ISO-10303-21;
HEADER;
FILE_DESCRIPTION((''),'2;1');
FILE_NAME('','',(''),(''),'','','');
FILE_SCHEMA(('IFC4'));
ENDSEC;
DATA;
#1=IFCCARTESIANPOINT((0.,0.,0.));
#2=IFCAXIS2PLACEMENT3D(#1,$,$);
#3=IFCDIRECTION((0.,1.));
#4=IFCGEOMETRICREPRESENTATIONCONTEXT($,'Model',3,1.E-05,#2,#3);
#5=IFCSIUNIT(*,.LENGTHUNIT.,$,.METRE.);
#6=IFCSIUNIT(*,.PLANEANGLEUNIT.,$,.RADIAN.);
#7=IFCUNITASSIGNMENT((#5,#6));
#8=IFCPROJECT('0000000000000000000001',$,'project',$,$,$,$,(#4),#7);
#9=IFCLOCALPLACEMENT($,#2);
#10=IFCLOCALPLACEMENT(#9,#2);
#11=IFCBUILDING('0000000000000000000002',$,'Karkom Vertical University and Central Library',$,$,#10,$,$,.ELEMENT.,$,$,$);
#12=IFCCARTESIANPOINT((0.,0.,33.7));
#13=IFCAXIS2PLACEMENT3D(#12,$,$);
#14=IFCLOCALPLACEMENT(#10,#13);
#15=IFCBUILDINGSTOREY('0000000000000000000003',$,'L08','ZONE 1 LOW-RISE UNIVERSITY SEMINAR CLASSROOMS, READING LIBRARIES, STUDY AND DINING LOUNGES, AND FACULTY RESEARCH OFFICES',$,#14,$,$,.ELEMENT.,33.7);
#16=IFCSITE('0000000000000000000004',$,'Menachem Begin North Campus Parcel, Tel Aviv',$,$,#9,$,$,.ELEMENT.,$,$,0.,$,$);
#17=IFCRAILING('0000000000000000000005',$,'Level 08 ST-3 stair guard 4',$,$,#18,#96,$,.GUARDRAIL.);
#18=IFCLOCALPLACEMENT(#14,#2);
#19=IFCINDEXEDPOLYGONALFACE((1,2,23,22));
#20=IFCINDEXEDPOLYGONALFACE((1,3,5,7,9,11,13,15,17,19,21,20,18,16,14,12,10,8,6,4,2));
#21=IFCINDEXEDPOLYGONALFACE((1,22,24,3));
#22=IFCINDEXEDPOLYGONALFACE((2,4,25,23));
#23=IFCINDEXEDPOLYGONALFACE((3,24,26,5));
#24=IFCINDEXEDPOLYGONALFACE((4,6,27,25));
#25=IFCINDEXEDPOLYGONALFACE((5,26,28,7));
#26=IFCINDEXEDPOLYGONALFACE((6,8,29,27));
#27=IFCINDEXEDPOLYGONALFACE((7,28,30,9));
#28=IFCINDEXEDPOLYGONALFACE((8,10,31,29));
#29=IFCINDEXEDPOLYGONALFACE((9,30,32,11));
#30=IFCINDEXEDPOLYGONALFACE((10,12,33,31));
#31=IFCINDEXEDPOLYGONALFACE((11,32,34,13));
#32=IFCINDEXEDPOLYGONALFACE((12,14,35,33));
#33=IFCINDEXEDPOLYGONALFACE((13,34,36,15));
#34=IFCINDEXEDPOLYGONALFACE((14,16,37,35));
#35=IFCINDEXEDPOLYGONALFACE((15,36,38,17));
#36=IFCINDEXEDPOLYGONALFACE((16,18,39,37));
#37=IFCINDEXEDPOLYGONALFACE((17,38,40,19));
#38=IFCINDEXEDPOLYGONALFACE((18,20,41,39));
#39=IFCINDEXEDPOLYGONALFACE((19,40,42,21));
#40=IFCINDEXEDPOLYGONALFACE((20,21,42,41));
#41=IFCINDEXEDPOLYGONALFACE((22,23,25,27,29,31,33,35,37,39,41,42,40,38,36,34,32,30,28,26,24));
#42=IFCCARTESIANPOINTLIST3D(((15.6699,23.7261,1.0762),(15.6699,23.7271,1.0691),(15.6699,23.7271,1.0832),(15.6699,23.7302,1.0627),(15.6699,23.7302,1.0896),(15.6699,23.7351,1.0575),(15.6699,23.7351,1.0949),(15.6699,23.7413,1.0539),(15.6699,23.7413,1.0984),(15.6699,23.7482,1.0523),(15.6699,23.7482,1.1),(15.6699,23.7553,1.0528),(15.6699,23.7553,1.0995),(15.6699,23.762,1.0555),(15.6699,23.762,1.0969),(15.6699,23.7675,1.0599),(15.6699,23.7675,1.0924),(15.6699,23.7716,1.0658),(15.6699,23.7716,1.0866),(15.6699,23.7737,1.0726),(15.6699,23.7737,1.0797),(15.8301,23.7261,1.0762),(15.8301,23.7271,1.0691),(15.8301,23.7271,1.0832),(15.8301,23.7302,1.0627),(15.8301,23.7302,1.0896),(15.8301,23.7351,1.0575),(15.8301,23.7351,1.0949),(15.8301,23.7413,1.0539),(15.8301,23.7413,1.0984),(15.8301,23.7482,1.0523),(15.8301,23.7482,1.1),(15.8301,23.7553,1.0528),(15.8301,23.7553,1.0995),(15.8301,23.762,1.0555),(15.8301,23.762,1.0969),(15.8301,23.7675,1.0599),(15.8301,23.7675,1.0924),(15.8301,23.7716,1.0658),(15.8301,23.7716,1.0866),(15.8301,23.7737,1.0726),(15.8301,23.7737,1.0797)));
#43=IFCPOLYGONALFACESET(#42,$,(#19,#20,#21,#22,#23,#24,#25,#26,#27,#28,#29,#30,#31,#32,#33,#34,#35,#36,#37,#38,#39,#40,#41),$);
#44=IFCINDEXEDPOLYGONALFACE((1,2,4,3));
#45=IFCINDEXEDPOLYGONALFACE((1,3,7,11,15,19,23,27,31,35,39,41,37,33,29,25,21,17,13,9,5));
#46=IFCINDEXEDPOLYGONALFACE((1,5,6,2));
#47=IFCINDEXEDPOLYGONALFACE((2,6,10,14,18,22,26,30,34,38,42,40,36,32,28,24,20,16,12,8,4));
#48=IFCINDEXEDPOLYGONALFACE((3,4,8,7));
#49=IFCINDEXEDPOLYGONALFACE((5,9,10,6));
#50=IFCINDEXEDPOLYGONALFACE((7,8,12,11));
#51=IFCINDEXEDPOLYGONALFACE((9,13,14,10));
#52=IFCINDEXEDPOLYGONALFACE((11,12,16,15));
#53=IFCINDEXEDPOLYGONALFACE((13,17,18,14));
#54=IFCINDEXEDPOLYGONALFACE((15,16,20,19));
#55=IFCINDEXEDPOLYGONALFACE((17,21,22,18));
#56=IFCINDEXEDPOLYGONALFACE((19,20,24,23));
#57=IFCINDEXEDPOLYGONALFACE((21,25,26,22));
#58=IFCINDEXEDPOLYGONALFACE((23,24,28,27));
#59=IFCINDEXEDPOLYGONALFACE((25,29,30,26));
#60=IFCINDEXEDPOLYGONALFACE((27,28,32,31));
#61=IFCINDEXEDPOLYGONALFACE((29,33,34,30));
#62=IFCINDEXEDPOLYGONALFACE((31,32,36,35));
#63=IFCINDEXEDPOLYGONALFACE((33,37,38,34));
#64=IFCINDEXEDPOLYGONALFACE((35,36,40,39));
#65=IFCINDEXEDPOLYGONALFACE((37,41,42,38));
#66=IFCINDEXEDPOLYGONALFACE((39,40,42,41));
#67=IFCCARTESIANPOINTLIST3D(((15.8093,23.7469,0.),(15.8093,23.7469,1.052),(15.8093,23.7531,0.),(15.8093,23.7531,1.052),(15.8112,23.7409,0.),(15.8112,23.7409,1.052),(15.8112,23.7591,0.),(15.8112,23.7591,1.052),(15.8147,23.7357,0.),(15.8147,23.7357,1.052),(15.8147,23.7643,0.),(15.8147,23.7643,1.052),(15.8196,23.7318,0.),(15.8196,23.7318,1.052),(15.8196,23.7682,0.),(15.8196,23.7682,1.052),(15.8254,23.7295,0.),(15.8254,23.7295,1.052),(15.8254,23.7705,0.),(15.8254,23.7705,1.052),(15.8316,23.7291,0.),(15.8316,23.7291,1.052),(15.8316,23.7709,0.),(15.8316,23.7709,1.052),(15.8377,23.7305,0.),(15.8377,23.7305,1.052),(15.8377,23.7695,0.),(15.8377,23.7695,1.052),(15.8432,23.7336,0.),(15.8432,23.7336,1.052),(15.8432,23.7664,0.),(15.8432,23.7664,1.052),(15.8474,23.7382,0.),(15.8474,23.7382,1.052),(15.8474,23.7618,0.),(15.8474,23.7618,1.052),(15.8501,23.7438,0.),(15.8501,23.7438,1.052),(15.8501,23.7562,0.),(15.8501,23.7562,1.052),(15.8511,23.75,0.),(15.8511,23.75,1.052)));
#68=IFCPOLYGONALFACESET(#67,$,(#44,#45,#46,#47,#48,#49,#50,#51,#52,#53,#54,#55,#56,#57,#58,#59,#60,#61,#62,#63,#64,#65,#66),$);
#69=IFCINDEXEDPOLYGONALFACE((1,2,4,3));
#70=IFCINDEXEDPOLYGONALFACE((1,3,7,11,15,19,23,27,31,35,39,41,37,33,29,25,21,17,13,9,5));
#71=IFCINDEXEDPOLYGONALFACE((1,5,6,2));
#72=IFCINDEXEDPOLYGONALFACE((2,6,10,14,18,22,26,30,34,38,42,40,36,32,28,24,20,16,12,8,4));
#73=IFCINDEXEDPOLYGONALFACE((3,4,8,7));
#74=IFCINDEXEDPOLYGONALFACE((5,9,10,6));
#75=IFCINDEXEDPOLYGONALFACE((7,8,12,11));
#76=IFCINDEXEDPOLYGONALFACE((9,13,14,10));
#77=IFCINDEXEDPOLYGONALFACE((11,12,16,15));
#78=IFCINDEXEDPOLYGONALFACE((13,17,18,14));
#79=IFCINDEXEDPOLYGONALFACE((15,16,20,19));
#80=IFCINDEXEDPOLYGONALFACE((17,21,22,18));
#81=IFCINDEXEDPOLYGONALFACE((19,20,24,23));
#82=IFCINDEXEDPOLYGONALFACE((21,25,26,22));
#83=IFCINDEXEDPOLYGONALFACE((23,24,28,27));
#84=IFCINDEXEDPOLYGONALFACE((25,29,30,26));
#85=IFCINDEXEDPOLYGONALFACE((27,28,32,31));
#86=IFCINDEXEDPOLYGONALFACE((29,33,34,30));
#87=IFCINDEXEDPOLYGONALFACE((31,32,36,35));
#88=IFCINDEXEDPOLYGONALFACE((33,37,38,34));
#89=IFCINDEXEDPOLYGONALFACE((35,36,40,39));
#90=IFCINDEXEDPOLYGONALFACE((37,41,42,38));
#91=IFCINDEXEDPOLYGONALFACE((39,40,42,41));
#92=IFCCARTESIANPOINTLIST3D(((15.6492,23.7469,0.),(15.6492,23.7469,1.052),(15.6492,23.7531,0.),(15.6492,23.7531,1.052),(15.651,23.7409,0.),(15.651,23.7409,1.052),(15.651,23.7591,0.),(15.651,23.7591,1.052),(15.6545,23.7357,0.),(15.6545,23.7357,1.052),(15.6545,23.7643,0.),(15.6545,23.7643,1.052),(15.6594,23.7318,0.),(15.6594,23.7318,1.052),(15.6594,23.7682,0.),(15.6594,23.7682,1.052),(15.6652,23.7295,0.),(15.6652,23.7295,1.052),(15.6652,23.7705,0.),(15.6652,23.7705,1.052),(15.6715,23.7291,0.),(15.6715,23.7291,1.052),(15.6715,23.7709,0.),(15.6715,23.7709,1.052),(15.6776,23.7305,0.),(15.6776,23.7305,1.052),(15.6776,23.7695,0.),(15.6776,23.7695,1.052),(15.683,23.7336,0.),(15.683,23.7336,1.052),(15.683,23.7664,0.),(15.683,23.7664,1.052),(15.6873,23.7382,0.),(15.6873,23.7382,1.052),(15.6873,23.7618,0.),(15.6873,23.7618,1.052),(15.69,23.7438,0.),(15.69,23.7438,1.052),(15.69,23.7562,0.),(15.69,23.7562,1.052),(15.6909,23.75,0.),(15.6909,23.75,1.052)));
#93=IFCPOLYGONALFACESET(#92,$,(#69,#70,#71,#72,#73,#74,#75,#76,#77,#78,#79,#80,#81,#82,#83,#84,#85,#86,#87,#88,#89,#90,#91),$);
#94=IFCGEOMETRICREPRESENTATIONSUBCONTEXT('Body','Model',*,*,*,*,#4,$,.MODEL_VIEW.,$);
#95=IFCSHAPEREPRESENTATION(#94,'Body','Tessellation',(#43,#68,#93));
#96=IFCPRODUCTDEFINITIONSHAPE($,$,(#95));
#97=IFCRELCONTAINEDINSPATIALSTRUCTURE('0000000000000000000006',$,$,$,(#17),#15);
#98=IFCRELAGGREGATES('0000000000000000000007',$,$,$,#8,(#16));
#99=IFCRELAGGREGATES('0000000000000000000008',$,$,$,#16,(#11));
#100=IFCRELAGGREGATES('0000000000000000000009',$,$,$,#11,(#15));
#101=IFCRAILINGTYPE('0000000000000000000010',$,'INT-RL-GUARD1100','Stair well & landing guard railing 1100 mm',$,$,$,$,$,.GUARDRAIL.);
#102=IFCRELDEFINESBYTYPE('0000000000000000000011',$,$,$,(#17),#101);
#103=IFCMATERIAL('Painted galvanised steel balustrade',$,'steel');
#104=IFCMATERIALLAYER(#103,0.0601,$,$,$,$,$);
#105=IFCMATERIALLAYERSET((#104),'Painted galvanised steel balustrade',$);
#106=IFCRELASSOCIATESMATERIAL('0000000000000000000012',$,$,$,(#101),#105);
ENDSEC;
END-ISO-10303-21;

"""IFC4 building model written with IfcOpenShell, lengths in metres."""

from ifc_helpers import new_model, si_unit, direction, frame, origin, origin_2d, place, context, subcontext, project, spatial, circle, extrude, material, layer, layer_set, type_object, element, save


model = new_model("IFC4")

# Units and contexts
model_context = context("Model", 3, precision=1e-05, world=origin(), true_north=direction((0.0, 1.0)))
body_context = subcontext(model_context, "Body", "Model", "MODEL_VIEW")
ifc_project = project(units=[si_unit("LENGTHUNIT", "METRE"), si_unit("PLANEANGLEUNIT", "RADIAN")], contexts=[model_context])

# Site, building, storey
site_placement = place(None, origin())
site = spatial("IfcSite", under=ifc_project, at=site_placement, Name="Menachem Begin North Campus Parcel, Tel Aviv", CompositionType="ELEMENT", RefElevation=0.0)
building_placement = place(site_placement, origin())
building = spatial("IfcBuilding", under=site, at=building_placement, Name="Karkom Vertical University and Central Library", CompositionType="ELEMENT")
storey_placement = place(building_placement, frame((0.0, 0.0, 33.7)))
storey = spatial("IfcBuildingStorey", under=building, at=storey_placement, Name="L08", Description="ZONE 1 LOW-RISE UNIVERSITY SEMINAR CLASSROOMS, READING LIBRARIES, STUDY AND DINING LOUNGES, AND FACULTY RESEARCH OFFICES", CompositionType="ELEMENT", Elevation=33.7)

# Railing
ifc_material_1 = material(Name="Painted galvanised steel balustrade", Category="steel")
ifc_layer_1 = layer(ifc_material_1, 0.0601)
ifc_layer_set_1 = layer_set([ifc_layer_1], Name="Painted galvanised steel balustrade")
railing_type_1 = type_object("IfcRailingType", Name="INT-RL-GUARD1100", Description="Stair well & landing guard railing 1100 mm", PredefinedType="GUARDRAIL", material=ifc_layer_set_1)
railing_1_placement = place(storey_placement, frame((15.8301, 23.75, 0.0)))
element("IfcRailing", 1, at=railing_1_placement, inside=storey, type_object=railing_type_1, Name="Level 08 ST-3 stair guard 4", PredefinedType="GUARDRAIL", context=body_context, shape_type="SweptSolid", body=[
    extrude(circle(Radius=0.0239, at=origin_2d()), frame((0.0, 0.0, 1.0762), z_axis=(-1.0, 0.0, 0.0), x_axis=(0.0, -1.0, 0.0)), (0.0, 0.0, 1.0), 0.1602),
    extrude(circle(Radius=0.021, at=origin_2d()), origin(), (0.0, 0.0, 1.0), 1.052),
    extrude(circle(Radius=0.021, at=origin_2d()), frame((-0.1602, 0.0, 0.0)), (0.0, 0.0, 1.0), 1.052),
])

save(model, "model.ifc")
